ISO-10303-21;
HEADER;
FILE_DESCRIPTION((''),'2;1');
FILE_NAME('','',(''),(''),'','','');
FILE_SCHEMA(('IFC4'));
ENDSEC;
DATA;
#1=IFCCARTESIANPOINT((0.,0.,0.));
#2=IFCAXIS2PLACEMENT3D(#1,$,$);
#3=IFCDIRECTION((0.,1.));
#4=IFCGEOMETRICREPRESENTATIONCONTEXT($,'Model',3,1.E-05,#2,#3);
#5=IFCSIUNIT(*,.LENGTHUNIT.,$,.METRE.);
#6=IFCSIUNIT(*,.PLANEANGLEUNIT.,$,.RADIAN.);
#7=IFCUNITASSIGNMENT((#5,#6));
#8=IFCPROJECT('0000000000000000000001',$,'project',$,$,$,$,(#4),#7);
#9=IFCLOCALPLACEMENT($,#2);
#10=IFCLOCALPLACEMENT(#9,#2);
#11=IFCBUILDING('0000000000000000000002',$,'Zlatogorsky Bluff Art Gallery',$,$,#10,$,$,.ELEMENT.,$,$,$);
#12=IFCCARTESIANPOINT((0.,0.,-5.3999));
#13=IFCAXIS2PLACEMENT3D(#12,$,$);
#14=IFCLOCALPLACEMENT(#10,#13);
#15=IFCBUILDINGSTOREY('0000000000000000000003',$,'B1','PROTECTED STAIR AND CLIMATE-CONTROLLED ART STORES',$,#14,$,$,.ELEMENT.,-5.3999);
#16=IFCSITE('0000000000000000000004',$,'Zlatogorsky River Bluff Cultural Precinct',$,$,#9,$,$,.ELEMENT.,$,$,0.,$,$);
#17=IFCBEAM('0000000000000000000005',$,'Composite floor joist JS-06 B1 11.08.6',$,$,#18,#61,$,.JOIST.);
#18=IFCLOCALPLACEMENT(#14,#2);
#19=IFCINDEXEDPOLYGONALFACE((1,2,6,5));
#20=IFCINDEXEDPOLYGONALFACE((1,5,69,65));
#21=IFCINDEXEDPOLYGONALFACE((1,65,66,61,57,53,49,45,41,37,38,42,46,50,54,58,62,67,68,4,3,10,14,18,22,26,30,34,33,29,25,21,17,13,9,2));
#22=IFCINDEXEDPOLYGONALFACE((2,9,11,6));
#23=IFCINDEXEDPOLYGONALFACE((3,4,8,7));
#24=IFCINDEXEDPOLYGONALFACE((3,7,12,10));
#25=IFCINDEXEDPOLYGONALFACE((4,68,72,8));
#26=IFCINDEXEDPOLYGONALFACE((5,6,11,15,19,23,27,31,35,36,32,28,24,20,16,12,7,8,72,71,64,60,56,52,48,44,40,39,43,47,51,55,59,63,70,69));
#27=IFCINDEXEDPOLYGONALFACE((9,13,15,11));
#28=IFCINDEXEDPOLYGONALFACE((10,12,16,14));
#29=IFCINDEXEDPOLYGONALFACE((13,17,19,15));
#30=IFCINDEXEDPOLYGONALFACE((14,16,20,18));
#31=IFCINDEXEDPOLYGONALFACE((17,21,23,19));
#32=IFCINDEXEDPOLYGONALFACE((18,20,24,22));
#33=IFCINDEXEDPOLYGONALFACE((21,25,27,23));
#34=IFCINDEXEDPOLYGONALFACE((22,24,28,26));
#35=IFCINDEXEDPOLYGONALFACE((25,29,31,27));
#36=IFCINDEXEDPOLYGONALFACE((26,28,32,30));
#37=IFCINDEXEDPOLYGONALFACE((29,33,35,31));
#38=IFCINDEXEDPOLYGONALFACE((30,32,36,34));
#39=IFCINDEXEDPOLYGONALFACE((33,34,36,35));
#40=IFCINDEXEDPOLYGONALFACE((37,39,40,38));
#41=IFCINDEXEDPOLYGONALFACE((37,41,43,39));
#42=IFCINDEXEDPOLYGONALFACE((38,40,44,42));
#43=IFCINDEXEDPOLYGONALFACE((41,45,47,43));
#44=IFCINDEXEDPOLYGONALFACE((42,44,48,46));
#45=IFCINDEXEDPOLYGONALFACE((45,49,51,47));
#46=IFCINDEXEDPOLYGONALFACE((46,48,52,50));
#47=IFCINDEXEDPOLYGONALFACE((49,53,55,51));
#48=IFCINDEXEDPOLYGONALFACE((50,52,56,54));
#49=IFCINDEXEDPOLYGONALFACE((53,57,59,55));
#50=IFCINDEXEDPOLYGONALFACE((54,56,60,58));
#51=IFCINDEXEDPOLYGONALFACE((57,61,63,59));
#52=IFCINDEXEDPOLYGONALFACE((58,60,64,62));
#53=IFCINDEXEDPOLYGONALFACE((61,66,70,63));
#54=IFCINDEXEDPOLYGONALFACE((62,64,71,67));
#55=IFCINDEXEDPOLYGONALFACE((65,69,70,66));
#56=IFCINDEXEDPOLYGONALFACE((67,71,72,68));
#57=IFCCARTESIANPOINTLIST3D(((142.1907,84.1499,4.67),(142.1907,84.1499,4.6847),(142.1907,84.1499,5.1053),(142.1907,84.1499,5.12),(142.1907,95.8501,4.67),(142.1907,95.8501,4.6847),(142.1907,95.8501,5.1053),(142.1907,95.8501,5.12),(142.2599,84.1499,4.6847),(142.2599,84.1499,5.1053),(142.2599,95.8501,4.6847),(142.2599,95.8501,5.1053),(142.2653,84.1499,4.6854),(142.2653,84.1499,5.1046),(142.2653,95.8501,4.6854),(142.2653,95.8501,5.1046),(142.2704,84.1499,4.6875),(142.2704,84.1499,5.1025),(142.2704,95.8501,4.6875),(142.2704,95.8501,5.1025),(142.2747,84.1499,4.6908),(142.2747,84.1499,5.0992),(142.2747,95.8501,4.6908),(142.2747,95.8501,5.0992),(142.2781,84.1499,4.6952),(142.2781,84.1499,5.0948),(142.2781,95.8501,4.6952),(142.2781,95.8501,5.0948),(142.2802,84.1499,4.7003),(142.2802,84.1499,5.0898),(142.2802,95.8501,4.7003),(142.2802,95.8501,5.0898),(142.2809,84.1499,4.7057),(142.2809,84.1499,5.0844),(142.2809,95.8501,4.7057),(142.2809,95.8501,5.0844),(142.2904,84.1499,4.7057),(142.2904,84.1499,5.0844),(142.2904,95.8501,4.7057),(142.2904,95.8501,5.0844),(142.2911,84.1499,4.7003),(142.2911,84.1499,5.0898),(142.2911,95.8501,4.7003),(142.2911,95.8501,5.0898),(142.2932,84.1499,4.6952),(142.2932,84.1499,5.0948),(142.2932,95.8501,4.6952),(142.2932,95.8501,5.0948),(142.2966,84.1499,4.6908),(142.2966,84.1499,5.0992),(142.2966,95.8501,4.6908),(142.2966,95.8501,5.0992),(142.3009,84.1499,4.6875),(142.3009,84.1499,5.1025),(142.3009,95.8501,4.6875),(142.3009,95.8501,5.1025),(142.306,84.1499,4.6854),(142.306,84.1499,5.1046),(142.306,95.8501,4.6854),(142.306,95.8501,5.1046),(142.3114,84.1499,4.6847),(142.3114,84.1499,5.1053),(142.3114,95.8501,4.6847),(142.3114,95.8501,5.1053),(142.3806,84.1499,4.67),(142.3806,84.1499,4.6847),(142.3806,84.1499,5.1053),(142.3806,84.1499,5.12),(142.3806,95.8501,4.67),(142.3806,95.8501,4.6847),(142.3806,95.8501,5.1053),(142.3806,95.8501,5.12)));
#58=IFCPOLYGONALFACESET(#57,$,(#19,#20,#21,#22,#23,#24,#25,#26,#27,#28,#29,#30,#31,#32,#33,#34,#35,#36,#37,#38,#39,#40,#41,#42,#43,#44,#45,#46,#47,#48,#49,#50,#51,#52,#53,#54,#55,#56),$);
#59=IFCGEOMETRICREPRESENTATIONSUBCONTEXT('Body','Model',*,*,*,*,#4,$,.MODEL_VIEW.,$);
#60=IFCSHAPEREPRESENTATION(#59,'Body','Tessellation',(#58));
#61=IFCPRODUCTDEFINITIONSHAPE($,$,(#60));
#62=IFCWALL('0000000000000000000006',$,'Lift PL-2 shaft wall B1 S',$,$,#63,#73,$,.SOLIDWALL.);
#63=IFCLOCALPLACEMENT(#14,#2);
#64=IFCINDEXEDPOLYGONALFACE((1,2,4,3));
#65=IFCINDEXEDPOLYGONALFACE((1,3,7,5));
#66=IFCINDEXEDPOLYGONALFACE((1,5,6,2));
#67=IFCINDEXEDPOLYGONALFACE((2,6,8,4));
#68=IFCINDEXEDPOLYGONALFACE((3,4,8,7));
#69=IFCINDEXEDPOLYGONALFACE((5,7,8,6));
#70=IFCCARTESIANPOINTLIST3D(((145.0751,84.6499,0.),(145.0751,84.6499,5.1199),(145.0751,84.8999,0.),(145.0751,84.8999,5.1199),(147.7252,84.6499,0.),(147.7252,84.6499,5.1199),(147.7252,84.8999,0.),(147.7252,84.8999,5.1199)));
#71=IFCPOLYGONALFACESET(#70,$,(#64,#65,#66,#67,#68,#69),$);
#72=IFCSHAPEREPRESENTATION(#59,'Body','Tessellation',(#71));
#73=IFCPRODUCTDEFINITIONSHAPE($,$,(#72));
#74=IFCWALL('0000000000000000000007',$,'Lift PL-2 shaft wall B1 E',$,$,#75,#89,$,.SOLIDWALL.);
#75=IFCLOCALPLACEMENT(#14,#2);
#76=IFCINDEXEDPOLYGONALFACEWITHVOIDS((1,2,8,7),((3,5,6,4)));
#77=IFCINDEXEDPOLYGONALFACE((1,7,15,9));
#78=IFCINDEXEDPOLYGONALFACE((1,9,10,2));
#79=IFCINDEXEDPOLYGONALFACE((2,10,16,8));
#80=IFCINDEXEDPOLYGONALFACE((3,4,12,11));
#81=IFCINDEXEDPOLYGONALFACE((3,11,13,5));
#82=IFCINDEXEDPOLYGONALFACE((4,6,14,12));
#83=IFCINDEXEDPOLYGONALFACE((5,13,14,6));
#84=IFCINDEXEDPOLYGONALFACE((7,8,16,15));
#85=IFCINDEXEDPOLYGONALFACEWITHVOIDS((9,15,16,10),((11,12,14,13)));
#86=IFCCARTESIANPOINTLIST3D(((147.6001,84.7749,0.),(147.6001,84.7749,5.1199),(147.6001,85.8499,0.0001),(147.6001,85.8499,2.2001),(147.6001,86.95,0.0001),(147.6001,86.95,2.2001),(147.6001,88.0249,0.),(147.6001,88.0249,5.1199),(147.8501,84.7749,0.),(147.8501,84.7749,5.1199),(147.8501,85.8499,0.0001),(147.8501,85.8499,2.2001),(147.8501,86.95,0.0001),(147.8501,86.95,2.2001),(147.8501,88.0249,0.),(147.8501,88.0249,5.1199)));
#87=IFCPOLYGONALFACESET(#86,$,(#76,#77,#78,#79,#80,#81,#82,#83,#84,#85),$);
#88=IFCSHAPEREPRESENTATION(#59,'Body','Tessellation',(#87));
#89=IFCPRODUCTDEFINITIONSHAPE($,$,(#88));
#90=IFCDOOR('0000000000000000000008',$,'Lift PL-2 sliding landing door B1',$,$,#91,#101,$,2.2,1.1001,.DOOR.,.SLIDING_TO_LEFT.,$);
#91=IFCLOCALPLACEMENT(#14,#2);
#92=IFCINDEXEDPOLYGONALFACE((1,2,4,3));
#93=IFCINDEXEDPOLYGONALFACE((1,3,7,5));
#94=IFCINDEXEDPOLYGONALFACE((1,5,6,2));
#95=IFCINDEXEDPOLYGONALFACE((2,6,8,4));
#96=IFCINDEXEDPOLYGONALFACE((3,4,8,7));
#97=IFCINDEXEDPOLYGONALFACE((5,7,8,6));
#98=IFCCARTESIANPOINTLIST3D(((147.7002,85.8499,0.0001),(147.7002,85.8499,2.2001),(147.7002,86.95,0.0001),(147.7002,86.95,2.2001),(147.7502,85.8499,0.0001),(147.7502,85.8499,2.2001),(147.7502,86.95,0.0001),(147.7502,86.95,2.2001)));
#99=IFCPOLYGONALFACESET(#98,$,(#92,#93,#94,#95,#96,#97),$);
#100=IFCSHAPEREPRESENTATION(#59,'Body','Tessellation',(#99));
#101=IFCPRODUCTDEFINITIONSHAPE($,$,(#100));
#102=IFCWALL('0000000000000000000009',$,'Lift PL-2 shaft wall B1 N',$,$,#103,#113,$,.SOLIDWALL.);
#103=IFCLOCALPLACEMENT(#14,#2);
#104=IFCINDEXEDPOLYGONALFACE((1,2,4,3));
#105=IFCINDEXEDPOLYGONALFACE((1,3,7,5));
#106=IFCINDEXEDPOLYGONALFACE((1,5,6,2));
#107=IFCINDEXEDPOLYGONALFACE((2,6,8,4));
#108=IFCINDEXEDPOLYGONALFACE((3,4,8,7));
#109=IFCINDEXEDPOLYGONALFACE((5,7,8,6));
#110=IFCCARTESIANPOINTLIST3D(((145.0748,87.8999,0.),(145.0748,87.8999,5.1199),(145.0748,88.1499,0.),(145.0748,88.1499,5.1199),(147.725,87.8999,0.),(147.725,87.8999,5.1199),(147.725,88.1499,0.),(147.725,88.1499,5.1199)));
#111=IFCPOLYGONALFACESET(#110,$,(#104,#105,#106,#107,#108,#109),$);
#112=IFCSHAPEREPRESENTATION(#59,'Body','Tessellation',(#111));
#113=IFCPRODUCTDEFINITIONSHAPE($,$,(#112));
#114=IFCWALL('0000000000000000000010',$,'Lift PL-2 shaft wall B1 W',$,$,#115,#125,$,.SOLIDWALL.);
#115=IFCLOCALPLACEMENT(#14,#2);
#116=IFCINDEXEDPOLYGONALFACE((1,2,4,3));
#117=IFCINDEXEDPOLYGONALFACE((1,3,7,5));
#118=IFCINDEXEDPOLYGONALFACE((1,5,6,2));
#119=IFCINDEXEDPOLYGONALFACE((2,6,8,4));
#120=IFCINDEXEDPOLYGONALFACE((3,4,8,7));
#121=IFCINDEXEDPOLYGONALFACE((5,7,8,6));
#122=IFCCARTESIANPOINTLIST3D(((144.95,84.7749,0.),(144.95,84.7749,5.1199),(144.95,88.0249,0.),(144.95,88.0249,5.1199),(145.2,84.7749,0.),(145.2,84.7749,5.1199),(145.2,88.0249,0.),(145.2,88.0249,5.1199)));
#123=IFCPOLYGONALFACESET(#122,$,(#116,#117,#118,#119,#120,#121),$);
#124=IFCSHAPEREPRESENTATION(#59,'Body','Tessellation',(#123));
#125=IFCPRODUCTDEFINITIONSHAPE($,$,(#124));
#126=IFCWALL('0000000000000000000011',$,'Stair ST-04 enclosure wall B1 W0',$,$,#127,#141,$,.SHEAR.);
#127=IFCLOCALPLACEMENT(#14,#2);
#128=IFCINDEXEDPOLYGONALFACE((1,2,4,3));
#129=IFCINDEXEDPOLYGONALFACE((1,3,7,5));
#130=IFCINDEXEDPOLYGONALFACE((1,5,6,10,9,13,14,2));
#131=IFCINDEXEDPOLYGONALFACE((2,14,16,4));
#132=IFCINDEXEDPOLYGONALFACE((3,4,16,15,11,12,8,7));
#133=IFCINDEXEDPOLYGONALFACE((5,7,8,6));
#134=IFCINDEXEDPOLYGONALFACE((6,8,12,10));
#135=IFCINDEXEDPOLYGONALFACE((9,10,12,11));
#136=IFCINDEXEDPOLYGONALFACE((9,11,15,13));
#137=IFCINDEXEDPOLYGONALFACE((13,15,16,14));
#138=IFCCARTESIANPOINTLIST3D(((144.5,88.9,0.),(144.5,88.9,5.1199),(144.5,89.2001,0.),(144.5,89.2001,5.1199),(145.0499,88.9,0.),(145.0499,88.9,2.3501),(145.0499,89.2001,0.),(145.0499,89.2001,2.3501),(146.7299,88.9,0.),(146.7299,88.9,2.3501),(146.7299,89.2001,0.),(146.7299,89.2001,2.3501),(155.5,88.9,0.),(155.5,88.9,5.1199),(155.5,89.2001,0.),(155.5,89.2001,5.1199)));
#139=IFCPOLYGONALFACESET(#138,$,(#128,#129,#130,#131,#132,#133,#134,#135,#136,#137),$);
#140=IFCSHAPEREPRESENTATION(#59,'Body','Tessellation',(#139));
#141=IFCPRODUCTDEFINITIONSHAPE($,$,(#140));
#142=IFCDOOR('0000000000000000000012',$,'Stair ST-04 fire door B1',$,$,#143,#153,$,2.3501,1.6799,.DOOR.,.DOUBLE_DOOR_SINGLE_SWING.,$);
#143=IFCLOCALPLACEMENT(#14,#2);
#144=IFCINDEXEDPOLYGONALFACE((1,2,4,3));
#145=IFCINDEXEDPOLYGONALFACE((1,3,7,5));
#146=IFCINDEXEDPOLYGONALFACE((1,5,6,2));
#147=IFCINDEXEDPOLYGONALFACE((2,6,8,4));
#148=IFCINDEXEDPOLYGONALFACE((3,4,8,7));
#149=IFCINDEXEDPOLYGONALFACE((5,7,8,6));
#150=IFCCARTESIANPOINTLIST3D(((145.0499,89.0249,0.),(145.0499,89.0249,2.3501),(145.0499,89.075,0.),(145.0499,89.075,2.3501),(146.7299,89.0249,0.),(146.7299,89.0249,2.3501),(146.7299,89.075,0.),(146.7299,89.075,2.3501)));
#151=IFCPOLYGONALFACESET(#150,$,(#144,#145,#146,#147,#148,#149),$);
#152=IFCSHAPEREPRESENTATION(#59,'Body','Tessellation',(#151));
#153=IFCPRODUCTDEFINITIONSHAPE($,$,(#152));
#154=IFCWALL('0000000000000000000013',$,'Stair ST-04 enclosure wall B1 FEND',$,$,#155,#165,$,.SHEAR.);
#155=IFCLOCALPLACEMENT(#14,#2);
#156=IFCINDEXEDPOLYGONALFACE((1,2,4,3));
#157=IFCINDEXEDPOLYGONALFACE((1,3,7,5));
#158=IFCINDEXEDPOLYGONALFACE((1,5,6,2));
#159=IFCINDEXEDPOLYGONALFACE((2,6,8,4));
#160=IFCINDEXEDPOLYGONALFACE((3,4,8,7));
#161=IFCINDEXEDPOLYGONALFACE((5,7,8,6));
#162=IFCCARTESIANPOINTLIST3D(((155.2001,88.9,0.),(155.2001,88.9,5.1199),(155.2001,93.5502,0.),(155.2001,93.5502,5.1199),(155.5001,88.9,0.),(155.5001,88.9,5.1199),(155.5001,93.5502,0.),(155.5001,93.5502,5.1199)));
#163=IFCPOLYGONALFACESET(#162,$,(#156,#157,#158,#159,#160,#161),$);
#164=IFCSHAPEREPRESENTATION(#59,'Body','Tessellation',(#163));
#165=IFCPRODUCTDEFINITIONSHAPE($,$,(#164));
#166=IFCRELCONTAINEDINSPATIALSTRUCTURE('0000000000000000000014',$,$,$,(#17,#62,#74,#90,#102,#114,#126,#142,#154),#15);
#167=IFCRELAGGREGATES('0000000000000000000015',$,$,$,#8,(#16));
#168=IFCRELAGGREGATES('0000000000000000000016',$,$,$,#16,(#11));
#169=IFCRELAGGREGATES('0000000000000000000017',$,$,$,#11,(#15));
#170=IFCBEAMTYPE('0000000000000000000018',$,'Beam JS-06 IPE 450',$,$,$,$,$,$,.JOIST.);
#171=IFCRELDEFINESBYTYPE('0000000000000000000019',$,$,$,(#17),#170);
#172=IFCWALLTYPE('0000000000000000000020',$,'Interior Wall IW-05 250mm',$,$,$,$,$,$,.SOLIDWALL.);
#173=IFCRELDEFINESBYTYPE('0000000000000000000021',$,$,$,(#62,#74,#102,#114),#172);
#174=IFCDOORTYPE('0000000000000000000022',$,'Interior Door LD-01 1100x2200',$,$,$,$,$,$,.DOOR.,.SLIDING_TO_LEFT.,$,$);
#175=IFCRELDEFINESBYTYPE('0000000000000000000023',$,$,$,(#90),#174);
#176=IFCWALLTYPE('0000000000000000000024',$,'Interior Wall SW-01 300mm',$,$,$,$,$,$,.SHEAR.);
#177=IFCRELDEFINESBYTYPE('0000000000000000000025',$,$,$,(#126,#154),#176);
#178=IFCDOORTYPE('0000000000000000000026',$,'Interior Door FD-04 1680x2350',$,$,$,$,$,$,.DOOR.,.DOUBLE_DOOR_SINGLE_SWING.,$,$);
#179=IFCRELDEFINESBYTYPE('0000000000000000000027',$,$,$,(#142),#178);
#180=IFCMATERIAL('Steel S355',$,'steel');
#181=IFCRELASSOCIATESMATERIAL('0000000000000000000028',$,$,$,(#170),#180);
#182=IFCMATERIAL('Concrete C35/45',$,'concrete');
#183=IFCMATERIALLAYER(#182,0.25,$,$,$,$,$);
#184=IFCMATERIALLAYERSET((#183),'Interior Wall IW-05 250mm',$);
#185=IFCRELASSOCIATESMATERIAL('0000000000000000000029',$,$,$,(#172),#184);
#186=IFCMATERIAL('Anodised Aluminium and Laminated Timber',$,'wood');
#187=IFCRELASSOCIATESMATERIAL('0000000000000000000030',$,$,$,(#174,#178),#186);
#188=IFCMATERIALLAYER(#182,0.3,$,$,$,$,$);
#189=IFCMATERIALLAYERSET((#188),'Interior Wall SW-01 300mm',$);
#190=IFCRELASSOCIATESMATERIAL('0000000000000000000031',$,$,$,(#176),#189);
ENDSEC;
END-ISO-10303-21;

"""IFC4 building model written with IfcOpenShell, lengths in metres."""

from ifc_helpers import new_model, si_unit, direction, frame, frame_2d, origin, origin_2d, place, context, subcontext, project, spatial, rectangle, i_section, extrude, material, layer, layer_set, material_profile, profile_set, type_object, element, fill, save


model = new_model("IFC4")

# Units and contexts
model_context = context("Model", 3, precision=1e-05, world=origin(), true_north=direction((0.0, 1.0)))
body_context = subcontext(model_context, "Body", "Model", "MODEL_VIEW")
ifc_project = project(units=[si_unit("LENGTHUNIT", "METRE"), si_unit("PLANEANGLEUNIT", "RADIAN")], contexts=[model_context])

# Site, building, storey
site_placement = place(None, origin())
site = spatial("IfcSite", under=ifc_project, at=site_placement, Name="Zlatogorsky River Bluff Cultural Precinct", CompositionType="ELEMENT", RefElevation=0.0)
building_placement = place(site_placement, origin())
building = spatial("IfcBuilding", under=site, at=building_placement, Name="Zlatogorsky Bluff Art Gallery", CompositionType="ELEMENT")
storey_placement = place(building_placement, frame((0.0, 0.0, -5.3999)))
storey = spatial("IfcBuildingStorey", under=building, at=storey_placement, Name="B1", Description="PROTECTED STAIR AND CLIMATE-CONTROLLED ART STORES", CompositionType="ELEMENT", Elevation=-5.3999)

# Shared definitions
ifc_material_1 = material(Name="Concrete C35/45", Category="concrete")

# Beam
ifc_material_2 = material(Name="Steel S355", Category="steel")
ifc_material_profile_1 = material_profile(ifc_material_2, i_section(OverallWidth=0.1899, OverallDepth=0.45, WebThickness=0.0095, FlangeThickness=0.0146, FilletRadius=0.021, at=origin_2d()), Name="IPE 450")
ifc_profile_set_1 = profile_set([ifc_material_profile_1], Name="Steel S355")
beam_type_1 = type_object("IfcBeamType", Name="Beam JS-06 IPE 450", PredefinedType="JOIST", material=ifc_profile_set_1)
for number, where, z_axis, x_axis, name in (
    (1, (142.2856, 84.1499, 4.895), (0.0, 1.0, 0.0), (-1.0, 0.0, 0.0), "Composite floor joist JS-06 B1 11.08.6"),
):
    element("IfcBeam", number, at=place(storey_placement, frame(where, z_axis=z_axis, x_axis=x_axis)), inside=storey, type_object=beam_type_1, Name=name, PredefinedType="JOIST", context=body_context, shape_type="SweptSolid", body=[
        extrude(i_section(OverallWidth=0.1899, OverallDepth=0.45, WebThickness=0.0095, FlangeThickness=0.0146, FilletRadius=0.021, at=origin_2d()), origin(), (0.0, 0.0, 1.0), 11.7002),
    ])

# Wall
ifc_layer_1 = layer(ifc_material_1, 0.25)
ifc_layer_set_1 = layer_set([ifc_layer_1], Name="Interior Wall IW-05 250mm")
wall_type_1 = type_object("IfcWallType", Name="Interior Wall IW-05 250mm", PredefinedType="SOLIDWALL", material=ifc_layer_set_1)
wall_1_placement = place(storey_placement, frame((145.075, 84.7749, 0.0), z_axis=(0.0, 0.0, 1.0), x_axis=(1.0, 0.0, 0.0)))
element("IfcWall", 2, at=wall_1_placement, inside=storey, type_object=wall_type_1, Name="Lift PL-2 shaft wall B1 S", PredefinedType="SOLIDWALL", context=body_context, shape_type="SweptSolid", body=[
    extrude(rectangle(XDim=2.6501, YDim=0.25, at=frame_2d((1.3252, 0.0))), origin(), (0.0, 0.0, 1.0), 5.1199),
])

# Wall, opening, door
wall_2_placement = place(storey_placement, frame((147.7251, 84.7749, 0.0), z_axis=(0.0, 0.0, 1.0), x_axis=(0.0, 1.0, 0.0)))
wall_2 = element("IfcWall", 3, at=wall_2_placement, inside=storey, type_object=wall_type_1, Name="Lift PL-2 shaft wall B1 E", PredefinedType="SOLIDWALL", context=body_context, shape_type="SweptSolid", body=[
    extrude(rectangle(XDim=3.25, YDim=0.25, at=frame_2d((1.625, 0.0))), origin(), (0.0, 0.0, 1.0), 5.1199),
])
opening_1_placement = place(wall_2_placement, frame((1.075, 0.0, 0.0)))
opening_1 = element("IfcOpeningElement", 4, at=opening_1_placement, cuts=wall_2, PredefinedType="OPENING", context=body_context, shape_type="SweptSolid", body=[
    extrude(rectangle(XDim=1.1001, YDim=2.2, at=frame_2d((0.55, 1.1001))), frame((0.0, 0.135, 0.0), z_axis=(0.0, -1.0, 0.0), x_axis=(1.0, 0.0, 0.0)), (0.0, 0.0, 1.0), 0.27),
])
ifc_material_3 = material(Name="Anodised Aluminium and Laminated Timber", Category="wood")
door_type_1 = type_object("IfcDoorType", Name="Interior Door LD-01 1100x2200", OperationType="SLIDING_TO_LEFT", PredefinedType="DOOR", material=ifc_material_3)
door_1_placement = place(opening_1_placement, origin())
door_1 = element("IfcDoor", 5, at=door_1_placement, inside=storey, type_object=door_type_1, Name="Lift PL-2 sliding landing door B1", OperationType="SLIDING_TO_LEFT", OverallHeight=2.2, OverallWidth=1.1001, PredefinedType="DOOR", context=body_context, shape_type="SweptSolid", body=[
    extrude(rectangle(XDim=1.1001, YDim=2.2, at=frame_2d((0.55, 1.1001))), frame((0.0, 0.0249, 0.0), z_axis=(0.0, -1.0, 0.0), x_axis=(1.0, 0.0, 0.0)), (0.0, 0.0, 1.0), 0.05),
])
fill(opening_1, door_1)

# Walls
wall_3_placement = place(storey_placement, frame((147.7251, 88.0249, 0.0), z_axis=(0.0, 0.0, 1.0), x_axis=(-1.0, 0.0, 0.0)))
element("IfcWall", 6, at=wall_3_placement, inside=storey, type_object=wall_type_1, Name="Lift PL-2 shaft wall B1 N", PredefinedType="SOLIDWALL", context=body_context, shape_type="SweptSolid", body=[
    extrude(rectangle(XDim=2.6501, YDim=0.25, at=frame_2d((1.3252, 0.0))), origin(), (0.0, 0.0, 1.0), 5.1199),
])
wall_4_placement = place(storey_placement, frame((145.075, 88.0249, 0.0), z_axis=(0.0, 0.0, 1.0), x_axis=(0.0, -1.0, 0.0)))
element("IfcWall", 7, at=wall_4_placement, inside=storey, type_object=wall_type_1, Name="Lift PL-2 shaft wall B1 W", PredefinedType="SOLIDWALL", context=body_context, shape_type="SweptSolid", body=[
    extrude(rectangle(XDim=3.25, YDim=0.25, at=frame_2d((1.625, 0.0))), origin(), (0.0, 0.0, 1.0), 5.1199),
])

# Wall, opening, door
ifc_layer_2 = layer(ifc_material_1, 0.3)
ifc_layer_set_2 = layer_set([ifc_layer_2], Name="Interior Wall SW-01 300mm")
wall_type_2 = type_object("IfcWallType", Name="Interior Wall SW-01 300mm", PredefinedType="SHEAR", material=ifc_layer_set_2)
wall_5_placement = place(storey_placement, frame((144.5, 89.05, 0.0), z_axis=(0.0, 0.0, 1.0), x_axis=(1.0, 0.0, 0.0)))
wall_5 = element("IfcWall", 8, at=wall_5_placement, inside=storey, type_object=wall_type_2, Name="Stair ST-04 enclosure wall B1 W0", PredefinedType="SHEAR", context=body_context, shape_type="SweptSolid", body=[
    extrude(rectangle(XDim=11.0, YDim=0.3, at=frame_2d((5.5, 0.0))), origin(), (0.0, 0.0, 1.0), 5.1199),
])
opening_2_placement = place(wall_5_placement, frame((0.55, 0.0, 0.0)))
opening_2 = element("IfcOpeningElement", 9, at=opening_2_placement, cuts=wall_5, PredefinedType="OPENING", context=body_context, shape_type="SweptSolid", body=[
    extrude(rectangle(XDim=1.6799, YDim=2.3501, at=frame_2d((0.8398, 1.175))), frame((0.0, 0.1599, 0.0), z_axis=(0.0, -1.0, 0.0), x_axis=(1.0, 0.0, 0.0)), (0.0, 0.0, 1.0), 0.3201),
])
door_type_2 = type_object("IfcDoorType", Name="Interior Door FD-04 1680x2350", OperationType="DOUBLE_DOOR_SINGLE_SWING", PredefinedType="DOOR", material=ifc_material_3)
door_2_placement = place(opening_2_placement, origin())
door_2 = element("IfcDoor", 10, at=door_2_placement, inside=storey, type_object=door_type_2, Name="Stair ST-04 fire door B1", OperationType="DOUBLE_DOOR_SINGLE_SWING", OverallHeight=2.3501, OverallWidth=1.6799, PredefinedType="DOOR", context=body_context, shape_type="SweptSolid", body=[
    extrude(rectangle(XDim=1.6799, YDim=2.3501, at=frame_2d((0.8398, 1.175))), frame((0.0, 0.0249, 0.0), z_axis=(0.0, -1.0, 0.0), x_axis=(1.0, 0.0, 0.0)), (0.0, 0.0, 1.0), 0.05),
])
fill(opening_2, door_2)

# Wall
wall_6_placement = place(storey_placement, frame((155.3501, 88.8999, 0.0), z_axis=(0.0, 0.0, 1.0), x_axis=(0.0, 1.0, 0.0)))
element("IfcWall", 11, at=wall_6_placement, inside=storey, type_object=wall_type_2, Name="Stair ST-04 enclosure wall B1 FEND", PredefinedType="SHEAR", context=body_context, shape_type="SweptSolid", body=[
    extrude(rectangle(XDim=4.6501, YDim=0.3, at=frame_2d((2.3252, 0.0))), origin(), (0.0, 0.0, 1.0), 5.1199),
])

save(model, "model.ifc")
